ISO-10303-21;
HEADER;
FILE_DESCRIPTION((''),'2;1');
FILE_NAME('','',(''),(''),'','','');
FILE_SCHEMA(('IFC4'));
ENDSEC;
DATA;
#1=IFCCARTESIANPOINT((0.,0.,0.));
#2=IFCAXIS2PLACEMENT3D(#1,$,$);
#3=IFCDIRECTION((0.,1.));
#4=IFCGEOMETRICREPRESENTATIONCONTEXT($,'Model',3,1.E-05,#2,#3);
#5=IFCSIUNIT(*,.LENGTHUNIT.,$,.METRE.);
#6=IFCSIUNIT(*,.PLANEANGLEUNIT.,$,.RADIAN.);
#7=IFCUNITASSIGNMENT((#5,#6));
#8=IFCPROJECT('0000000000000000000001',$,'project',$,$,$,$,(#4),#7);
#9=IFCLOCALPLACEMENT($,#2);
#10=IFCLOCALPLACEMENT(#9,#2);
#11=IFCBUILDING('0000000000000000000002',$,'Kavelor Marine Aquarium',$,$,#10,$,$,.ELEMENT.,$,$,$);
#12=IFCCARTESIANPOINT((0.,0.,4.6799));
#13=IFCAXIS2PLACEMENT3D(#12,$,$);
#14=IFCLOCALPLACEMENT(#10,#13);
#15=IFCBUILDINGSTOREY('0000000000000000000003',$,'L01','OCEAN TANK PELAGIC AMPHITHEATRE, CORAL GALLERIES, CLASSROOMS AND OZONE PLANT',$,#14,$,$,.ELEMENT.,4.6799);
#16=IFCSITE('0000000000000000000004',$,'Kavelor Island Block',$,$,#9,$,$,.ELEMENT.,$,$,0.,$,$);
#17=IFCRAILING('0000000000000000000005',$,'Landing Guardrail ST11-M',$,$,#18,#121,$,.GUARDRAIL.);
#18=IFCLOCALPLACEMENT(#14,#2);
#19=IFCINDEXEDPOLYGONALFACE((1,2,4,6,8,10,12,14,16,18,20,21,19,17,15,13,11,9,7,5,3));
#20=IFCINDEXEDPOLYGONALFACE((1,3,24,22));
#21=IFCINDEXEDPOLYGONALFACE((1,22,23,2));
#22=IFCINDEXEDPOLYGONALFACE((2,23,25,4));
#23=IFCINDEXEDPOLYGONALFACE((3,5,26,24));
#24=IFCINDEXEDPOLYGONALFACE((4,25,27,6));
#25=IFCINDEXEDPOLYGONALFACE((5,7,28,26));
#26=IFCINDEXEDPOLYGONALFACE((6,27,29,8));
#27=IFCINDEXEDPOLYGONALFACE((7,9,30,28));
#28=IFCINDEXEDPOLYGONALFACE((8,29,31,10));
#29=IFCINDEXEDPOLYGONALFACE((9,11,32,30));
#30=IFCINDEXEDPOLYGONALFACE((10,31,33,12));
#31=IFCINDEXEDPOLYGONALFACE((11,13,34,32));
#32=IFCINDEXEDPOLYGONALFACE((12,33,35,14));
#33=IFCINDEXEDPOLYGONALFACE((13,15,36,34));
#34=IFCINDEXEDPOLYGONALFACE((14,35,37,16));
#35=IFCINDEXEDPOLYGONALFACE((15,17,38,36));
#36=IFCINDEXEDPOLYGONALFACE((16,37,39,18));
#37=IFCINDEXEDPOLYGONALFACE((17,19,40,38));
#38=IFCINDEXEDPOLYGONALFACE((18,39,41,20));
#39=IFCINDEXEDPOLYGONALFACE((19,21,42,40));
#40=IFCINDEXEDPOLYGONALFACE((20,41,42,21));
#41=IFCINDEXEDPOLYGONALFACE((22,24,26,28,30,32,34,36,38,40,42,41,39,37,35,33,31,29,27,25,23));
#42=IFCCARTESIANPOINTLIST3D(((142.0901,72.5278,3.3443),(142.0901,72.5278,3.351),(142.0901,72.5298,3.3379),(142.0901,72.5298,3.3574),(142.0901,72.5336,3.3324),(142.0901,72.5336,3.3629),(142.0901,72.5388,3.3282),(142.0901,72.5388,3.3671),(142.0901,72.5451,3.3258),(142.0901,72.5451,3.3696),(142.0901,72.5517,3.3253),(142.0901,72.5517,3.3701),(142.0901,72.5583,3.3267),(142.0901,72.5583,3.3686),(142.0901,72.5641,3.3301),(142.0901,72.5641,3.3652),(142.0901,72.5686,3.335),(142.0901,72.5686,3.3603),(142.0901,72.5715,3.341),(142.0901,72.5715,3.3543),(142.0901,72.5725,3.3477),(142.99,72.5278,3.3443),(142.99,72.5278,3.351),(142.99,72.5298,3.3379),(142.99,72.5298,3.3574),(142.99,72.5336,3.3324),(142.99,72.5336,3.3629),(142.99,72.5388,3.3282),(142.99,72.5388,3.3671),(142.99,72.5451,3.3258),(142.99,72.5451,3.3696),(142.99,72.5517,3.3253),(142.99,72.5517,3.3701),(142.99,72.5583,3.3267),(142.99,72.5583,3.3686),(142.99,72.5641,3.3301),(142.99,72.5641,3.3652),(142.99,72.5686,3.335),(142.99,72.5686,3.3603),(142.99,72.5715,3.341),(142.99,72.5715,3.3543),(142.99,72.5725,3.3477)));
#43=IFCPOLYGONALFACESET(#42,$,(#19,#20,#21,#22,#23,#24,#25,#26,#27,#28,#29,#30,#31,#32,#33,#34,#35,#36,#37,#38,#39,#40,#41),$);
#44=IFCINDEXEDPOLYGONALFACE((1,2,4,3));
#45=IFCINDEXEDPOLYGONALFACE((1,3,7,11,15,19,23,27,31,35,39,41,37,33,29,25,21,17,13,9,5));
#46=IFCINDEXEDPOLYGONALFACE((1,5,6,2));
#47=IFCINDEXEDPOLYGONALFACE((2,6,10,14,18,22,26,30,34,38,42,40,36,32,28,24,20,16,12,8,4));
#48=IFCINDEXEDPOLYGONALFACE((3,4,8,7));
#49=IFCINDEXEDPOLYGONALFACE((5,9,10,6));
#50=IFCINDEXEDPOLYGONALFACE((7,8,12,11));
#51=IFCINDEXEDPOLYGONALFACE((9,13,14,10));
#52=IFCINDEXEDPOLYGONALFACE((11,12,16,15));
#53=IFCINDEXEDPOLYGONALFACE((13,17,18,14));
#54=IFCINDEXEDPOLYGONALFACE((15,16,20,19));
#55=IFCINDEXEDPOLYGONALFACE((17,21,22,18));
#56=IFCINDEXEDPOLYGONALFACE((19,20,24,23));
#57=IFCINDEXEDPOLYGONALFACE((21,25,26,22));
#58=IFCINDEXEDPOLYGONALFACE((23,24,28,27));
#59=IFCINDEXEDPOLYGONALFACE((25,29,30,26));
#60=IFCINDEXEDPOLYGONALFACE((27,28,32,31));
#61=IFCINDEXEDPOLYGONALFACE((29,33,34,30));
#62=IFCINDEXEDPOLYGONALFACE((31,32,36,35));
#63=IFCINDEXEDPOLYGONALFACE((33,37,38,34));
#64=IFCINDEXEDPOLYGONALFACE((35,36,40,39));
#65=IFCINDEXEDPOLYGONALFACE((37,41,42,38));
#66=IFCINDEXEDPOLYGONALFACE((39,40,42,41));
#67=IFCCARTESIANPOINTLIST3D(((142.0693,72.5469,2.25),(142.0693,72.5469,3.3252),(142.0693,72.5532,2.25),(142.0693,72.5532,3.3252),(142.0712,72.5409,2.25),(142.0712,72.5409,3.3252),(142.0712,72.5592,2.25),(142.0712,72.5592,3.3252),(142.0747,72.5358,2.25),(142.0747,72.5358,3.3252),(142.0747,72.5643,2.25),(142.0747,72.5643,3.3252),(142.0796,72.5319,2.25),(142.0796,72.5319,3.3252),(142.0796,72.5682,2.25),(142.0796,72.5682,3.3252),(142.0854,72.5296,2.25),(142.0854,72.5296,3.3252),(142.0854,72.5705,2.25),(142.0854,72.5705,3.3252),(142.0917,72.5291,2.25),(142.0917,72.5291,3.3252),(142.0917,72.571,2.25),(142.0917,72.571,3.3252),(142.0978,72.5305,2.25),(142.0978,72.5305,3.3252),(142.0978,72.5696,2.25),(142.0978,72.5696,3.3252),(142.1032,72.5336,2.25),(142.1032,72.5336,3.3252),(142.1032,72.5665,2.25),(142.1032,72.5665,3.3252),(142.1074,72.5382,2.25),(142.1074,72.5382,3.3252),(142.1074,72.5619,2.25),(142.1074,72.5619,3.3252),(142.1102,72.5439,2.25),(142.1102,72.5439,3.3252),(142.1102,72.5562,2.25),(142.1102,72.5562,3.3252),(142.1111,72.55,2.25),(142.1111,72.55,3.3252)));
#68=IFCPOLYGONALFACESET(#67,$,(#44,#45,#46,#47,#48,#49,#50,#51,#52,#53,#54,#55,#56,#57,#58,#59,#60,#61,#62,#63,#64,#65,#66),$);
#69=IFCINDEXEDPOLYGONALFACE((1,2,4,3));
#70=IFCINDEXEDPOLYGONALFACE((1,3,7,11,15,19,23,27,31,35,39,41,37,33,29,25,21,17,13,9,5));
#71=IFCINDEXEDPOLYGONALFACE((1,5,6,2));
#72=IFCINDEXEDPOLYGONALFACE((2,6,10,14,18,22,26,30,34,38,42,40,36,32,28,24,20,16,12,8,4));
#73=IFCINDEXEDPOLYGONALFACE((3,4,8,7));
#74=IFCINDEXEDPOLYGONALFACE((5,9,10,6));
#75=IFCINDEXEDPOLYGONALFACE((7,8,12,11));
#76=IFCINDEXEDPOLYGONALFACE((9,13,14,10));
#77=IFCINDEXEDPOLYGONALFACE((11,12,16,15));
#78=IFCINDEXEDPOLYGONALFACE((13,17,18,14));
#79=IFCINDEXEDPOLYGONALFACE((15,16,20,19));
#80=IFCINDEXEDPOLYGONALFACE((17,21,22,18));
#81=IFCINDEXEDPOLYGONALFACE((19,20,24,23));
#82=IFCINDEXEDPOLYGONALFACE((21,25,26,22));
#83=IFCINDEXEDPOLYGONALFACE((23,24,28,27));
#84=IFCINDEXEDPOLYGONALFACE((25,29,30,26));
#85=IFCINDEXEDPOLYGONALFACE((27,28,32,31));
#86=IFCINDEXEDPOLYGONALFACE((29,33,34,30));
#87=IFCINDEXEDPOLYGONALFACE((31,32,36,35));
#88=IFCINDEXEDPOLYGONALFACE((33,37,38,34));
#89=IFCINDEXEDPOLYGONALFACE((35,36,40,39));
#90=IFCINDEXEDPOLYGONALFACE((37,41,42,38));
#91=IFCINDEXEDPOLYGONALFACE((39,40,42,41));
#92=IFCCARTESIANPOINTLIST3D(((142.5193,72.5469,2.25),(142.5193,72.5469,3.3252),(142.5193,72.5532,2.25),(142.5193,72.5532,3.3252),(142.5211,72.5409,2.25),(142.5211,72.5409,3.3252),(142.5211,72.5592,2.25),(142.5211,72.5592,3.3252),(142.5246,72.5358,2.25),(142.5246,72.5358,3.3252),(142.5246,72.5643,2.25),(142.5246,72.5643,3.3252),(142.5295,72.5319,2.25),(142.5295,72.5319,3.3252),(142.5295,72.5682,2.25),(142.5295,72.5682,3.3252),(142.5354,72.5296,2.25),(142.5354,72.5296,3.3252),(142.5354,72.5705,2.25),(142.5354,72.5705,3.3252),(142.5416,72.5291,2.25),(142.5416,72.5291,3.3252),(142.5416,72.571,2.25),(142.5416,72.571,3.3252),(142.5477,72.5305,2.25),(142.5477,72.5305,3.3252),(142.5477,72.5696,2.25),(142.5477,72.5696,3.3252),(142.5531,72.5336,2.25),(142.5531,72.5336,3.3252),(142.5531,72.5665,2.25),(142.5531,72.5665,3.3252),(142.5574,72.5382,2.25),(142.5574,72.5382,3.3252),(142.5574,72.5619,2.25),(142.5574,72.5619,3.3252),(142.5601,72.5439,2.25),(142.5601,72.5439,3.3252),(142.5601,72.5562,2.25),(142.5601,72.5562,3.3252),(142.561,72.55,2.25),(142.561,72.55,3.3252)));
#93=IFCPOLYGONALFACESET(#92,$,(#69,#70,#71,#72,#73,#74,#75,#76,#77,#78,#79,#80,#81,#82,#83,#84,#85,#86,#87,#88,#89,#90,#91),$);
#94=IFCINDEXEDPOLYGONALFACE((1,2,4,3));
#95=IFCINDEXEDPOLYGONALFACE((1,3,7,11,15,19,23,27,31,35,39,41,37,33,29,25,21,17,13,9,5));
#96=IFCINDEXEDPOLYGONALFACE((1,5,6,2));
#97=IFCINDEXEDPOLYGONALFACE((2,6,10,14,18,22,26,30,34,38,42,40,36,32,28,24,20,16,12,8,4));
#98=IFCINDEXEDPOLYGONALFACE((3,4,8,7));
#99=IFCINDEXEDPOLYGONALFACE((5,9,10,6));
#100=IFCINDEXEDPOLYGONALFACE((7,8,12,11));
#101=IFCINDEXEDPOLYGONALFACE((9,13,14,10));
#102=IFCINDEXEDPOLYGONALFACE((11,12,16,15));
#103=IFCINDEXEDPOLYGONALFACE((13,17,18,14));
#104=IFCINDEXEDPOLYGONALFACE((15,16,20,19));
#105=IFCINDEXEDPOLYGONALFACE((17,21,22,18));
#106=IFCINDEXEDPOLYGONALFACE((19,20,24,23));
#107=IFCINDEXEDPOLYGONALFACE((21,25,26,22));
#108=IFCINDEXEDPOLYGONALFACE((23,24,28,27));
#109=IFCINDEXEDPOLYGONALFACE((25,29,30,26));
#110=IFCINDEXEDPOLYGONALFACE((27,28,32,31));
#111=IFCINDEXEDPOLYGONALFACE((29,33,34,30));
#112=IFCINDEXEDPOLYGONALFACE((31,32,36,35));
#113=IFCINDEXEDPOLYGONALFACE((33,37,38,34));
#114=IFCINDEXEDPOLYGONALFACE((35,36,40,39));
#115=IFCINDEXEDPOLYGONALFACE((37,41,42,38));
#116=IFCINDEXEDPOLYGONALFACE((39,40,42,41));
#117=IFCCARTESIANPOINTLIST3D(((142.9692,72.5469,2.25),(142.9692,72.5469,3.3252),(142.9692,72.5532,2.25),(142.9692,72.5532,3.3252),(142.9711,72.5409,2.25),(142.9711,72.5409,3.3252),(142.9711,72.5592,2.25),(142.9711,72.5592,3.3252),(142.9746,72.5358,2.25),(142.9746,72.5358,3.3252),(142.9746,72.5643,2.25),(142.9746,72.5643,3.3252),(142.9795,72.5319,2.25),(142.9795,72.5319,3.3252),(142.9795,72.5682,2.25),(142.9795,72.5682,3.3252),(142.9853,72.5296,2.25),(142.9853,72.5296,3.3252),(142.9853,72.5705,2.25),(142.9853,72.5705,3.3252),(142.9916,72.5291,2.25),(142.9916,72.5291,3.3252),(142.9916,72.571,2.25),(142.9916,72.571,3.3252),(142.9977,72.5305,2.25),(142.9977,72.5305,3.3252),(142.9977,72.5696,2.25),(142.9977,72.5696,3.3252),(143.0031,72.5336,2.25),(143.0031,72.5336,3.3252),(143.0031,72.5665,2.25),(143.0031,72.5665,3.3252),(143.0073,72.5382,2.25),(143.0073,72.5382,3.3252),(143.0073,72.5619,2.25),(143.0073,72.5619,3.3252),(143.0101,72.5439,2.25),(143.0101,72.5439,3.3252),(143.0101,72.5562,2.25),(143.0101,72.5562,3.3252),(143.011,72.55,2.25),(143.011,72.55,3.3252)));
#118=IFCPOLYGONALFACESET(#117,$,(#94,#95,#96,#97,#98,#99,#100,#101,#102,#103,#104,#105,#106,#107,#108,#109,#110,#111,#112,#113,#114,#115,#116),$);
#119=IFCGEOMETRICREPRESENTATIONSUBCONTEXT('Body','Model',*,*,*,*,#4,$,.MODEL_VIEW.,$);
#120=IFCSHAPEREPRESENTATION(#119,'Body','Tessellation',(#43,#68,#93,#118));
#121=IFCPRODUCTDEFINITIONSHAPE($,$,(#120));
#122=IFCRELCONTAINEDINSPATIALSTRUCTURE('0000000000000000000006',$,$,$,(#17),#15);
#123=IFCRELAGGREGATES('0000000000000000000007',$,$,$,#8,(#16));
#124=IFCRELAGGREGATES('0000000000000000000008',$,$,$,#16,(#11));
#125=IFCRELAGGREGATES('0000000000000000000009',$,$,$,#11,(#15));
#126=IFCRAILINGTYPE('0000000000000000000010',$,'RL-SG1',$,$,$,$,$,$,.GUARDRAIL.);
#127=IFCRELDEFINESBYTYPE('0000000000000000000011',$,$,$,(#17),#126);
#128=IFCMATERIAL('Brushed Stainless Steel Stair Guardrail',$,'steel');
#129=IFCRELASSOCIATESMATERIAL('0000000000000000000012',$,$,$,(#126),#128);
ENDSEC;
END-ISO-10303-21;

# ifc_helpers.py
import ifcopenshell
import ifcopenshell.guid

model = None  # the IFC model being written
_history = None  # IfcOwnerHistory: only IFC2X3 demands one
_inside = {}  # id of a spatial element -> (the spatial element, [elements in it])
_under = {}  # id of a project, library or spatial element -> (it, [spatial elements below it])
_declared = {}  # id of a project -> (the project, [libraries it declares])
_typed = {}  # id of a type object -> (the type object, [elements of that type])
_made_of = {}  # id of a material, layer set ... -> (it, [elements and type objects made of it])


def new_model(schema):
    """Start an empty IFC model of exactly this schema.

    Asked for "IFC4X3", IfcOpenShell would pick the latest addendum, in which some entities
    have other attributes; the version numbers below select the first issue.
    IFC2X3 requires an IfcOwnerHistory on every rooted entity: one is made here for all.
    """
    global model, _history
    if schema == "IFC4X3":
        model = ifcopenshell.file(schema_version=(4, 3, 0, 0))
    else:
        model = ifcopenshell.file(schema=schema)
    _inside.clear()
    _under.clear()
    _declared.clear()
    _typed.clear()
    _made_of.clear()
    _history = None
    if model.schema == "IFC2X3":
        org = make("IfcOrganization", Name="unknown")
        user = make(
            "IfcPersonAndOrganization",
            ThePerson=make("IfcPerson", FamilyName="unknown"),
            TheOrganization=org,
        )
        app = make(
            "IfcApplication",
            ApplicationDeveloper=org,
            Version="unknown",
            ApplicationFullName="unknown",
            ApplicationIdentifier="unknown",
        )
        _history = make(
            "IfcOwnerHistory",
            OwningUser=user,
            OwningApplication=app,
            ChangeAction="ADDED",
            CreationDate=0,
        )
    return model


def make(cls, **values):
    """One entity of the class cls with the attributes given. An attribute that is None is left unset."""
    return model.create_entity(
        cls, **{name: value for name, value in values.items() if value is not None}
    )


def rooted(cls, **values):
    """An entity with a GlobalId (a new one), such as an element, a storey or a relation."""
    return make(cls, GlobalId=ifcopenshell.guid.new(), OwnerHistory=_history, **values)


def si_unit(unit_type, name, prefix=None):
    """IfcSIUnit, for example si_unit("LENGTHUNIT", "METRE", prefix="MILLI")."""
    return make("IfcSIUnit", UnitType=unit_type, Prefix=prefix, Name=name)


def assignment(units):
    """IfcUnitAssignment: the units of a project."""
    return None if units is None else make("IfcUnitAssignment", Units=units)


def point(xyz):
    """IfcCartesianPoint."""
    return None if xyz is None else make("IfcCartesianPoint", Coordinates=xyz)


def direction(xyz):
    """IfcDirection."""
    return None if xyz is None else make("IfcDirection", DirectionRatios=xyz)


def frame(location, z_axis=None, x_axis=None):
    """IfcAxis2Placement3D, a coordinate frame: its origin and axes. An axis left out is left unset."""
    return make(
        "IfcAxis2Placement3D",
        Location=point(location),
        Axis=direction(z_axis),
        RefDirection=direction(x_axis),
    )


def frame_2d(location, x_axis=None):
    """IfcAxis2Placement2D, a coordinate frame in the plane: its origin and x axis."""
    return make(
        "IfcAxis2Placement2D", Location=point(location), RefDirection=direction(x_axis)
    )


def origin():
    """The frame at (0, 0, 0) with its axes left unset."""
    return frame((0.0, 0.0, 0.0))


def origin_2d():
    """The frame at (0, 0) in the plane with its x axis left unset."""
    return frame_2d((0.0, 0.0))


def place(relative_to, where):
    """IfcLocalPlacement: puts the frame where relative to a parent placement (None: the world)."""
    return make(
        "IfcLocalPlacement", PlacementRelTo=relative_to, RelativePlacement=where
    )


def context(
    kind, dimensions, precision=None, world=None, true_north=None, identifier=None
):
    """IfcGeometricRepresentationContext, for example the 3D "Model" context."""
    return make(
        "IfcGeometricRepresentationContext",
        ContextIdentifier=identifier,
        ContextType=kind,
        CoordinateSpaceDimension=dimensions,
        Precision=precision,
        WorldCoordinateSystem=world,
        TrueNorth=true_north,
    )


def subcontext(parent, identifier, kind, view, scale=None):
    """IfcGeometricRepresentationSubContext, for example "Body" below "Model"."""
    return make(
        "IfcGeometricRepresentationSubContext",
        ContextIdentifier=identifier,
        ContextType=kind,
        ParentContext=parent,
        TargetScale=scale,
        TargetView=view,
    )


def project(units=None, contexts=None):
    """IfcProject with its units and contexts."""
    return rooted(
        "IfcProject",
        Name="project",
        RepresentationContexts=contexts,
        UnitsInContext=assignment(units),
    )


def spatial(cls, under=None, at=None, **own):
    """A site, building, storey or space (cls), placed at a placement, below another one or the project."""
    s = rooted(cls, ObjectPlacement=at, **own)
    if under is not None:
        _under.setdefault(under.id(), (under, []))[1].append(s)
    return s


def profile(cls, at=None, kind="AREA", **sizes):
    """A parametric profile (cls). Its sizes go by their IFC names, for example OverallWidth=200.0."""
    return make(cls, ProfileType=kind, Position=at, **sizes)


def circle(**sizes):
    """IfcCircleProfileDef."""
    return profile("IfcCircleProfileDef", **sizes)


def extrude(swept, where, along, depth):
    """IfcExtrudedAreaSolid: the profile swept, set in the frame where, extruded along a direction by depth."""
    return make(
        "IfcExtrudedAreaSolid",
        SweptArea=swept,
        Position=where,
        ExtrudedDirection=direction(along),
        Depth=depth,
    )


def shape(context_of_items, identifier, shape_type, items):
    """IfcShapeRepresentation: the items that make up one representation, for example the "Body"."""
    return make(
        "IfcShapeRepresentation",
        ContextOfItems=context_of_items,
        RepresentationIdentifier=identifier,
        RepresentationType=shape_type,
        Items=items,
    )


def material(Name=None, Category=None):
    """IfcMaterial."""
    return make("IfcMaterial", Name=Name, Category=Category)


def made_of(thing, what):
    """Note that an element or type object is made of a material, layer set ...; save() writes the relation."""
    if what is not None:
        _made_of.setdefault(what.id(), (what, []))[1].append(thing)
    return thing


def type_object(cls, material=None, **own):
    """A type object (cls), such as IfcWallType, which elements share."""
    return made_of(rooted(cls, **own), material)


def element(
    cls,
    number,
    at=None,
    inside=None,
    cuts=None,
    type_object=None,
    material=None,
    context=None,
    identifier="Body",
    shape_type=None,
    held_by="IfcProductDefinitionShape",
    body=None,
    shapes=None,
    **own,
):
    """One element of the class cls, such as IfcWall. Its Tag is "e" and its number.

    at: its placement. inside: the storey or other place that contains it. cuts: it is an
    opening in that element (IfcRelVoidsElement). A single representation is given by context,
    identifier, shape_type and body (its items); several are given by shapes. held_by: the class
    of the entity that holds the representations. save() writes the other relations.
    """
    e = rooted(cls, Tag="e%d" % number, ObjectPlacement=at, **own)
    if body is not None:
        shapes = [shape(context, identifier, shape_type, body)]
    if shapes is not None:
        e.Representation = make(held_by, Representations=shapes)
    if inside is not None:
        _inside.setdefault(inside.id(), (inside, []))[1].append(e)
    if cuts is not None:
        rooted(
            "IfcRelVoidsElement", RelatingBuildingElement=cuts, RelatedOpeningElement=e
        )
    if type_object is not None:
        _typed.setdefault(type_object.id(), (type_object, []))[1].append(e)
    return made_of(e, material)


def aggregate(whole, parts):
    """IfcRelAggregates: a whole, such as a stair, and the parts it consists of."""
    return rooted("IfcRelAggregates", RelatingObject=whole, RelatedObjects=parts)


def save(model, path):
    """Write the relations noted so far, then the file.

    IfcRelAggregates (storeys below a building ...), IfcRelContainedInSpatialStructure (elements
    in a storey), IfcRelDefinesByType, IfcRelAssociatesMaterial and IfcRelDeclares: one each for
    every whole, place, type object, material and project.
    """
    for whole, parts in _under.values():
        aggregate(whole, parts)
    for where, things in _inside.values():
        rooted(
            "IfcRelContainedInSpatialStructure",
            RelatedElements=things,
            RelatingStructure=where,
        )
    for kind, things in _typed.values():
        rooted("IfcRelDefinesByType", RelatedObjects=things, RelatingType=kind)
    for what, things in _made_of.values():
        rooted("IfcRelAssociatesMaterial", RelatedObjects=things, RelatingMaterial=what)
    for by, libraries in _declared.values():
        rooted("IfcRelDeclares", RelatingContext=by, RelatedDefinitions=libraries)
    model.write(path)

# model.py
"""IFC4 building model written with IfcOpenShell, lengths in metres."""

from ifc_helpers import new_model, si_unit, direction, frame, origin, origin_2d, place, context, subcontext, project, spatial, circle, extrude, material, type_object, element, save


model = new_model("IFC4")

# Units and contexts
model_context = context("Model", 3, precision=1e-05, world=origin(), true_north=direction((0.0, 1.0)))
body_context = subcontext(model_context, "Body", "Model", "MODEL_VIEW")
ifc_project = project(units=[si_unit("LENGTHUNIT", "METRE"), si_unit("PLANEANGLEUNIT", "RADIAN")], contexts=[model_context])

# Site, building, storey
site_placement = place(None, origin())
site = spatial("IfcSite", under=ifc_project, at=site_placement, Name="Kavelor Island Block", CompositionType="ELEMENT", RefElevation=0.0)
building_placement = place(site_placement, origin())
building = spatial("IfcBuilding", under=site, at=building_placement, Name="Kavelor Marine Aquarium", CompositionType="ELEMENT")
storey_placement = place(building_placement, frame((0.0, 0.0, 4.6799)))
storey = spatial("IfcBuildingStorey", under=building, at=storey_placement, Name="L01", Description="OCEAN TANK PELAGIC AMPHITHEATRE, CORAL GALLERIES, CLASSROOMS AND OZONE PLANT", CompositionType="ELEMENT", Elevation=4.6799)

# Railing
ifc_material_1 = material(Name="Brushed Stainless Steel Stair Guardrail", Category="steel")
railing_type_1 = type_object("IfcRailingType", Name="RL-SG1", PredefinedType="GUARDRAIL", material=ifc_material_1)
railing_1_placement = place(storey_placement, frame((142.0901, 72.55, 2.25)))
element("IfcRailing", 1, at=railing_1_placement, inside=storey, type_object=railing_type_1, Name="Landing Guardrail ST11-M", PredefinedType="GUARDRAIL", context=body_context, shape_type="SweptSolid", body=[
    extrude(circle(Radius=0.0225, at=origin_2d()), frame((0.0, 0.0, 1.0977), z_axis=(1.0, 0.0, 0.0), x_axis=(0.0, 1.0, 0.0)), (0.0, 0.0, 1.0), 0.8999),
    extrude(circle(Radius=0.021, at=origin_2d()), origin(), (0.0, 0.0, 1.0), 1.0752),
    extrude(circle(Radius=0.021, at=origin_2d()), frame((0.45, 0.0, 0.0)), (0.0, 0.0, 1.0), 1.0752),
    extrude(circle(Radius=0.021, at=origin_2d()), frame((0.8999, 0.0, 0.0)), (0.0, 0.0, 1.0), 1.0752),
])

save(model, "model.ifc")
